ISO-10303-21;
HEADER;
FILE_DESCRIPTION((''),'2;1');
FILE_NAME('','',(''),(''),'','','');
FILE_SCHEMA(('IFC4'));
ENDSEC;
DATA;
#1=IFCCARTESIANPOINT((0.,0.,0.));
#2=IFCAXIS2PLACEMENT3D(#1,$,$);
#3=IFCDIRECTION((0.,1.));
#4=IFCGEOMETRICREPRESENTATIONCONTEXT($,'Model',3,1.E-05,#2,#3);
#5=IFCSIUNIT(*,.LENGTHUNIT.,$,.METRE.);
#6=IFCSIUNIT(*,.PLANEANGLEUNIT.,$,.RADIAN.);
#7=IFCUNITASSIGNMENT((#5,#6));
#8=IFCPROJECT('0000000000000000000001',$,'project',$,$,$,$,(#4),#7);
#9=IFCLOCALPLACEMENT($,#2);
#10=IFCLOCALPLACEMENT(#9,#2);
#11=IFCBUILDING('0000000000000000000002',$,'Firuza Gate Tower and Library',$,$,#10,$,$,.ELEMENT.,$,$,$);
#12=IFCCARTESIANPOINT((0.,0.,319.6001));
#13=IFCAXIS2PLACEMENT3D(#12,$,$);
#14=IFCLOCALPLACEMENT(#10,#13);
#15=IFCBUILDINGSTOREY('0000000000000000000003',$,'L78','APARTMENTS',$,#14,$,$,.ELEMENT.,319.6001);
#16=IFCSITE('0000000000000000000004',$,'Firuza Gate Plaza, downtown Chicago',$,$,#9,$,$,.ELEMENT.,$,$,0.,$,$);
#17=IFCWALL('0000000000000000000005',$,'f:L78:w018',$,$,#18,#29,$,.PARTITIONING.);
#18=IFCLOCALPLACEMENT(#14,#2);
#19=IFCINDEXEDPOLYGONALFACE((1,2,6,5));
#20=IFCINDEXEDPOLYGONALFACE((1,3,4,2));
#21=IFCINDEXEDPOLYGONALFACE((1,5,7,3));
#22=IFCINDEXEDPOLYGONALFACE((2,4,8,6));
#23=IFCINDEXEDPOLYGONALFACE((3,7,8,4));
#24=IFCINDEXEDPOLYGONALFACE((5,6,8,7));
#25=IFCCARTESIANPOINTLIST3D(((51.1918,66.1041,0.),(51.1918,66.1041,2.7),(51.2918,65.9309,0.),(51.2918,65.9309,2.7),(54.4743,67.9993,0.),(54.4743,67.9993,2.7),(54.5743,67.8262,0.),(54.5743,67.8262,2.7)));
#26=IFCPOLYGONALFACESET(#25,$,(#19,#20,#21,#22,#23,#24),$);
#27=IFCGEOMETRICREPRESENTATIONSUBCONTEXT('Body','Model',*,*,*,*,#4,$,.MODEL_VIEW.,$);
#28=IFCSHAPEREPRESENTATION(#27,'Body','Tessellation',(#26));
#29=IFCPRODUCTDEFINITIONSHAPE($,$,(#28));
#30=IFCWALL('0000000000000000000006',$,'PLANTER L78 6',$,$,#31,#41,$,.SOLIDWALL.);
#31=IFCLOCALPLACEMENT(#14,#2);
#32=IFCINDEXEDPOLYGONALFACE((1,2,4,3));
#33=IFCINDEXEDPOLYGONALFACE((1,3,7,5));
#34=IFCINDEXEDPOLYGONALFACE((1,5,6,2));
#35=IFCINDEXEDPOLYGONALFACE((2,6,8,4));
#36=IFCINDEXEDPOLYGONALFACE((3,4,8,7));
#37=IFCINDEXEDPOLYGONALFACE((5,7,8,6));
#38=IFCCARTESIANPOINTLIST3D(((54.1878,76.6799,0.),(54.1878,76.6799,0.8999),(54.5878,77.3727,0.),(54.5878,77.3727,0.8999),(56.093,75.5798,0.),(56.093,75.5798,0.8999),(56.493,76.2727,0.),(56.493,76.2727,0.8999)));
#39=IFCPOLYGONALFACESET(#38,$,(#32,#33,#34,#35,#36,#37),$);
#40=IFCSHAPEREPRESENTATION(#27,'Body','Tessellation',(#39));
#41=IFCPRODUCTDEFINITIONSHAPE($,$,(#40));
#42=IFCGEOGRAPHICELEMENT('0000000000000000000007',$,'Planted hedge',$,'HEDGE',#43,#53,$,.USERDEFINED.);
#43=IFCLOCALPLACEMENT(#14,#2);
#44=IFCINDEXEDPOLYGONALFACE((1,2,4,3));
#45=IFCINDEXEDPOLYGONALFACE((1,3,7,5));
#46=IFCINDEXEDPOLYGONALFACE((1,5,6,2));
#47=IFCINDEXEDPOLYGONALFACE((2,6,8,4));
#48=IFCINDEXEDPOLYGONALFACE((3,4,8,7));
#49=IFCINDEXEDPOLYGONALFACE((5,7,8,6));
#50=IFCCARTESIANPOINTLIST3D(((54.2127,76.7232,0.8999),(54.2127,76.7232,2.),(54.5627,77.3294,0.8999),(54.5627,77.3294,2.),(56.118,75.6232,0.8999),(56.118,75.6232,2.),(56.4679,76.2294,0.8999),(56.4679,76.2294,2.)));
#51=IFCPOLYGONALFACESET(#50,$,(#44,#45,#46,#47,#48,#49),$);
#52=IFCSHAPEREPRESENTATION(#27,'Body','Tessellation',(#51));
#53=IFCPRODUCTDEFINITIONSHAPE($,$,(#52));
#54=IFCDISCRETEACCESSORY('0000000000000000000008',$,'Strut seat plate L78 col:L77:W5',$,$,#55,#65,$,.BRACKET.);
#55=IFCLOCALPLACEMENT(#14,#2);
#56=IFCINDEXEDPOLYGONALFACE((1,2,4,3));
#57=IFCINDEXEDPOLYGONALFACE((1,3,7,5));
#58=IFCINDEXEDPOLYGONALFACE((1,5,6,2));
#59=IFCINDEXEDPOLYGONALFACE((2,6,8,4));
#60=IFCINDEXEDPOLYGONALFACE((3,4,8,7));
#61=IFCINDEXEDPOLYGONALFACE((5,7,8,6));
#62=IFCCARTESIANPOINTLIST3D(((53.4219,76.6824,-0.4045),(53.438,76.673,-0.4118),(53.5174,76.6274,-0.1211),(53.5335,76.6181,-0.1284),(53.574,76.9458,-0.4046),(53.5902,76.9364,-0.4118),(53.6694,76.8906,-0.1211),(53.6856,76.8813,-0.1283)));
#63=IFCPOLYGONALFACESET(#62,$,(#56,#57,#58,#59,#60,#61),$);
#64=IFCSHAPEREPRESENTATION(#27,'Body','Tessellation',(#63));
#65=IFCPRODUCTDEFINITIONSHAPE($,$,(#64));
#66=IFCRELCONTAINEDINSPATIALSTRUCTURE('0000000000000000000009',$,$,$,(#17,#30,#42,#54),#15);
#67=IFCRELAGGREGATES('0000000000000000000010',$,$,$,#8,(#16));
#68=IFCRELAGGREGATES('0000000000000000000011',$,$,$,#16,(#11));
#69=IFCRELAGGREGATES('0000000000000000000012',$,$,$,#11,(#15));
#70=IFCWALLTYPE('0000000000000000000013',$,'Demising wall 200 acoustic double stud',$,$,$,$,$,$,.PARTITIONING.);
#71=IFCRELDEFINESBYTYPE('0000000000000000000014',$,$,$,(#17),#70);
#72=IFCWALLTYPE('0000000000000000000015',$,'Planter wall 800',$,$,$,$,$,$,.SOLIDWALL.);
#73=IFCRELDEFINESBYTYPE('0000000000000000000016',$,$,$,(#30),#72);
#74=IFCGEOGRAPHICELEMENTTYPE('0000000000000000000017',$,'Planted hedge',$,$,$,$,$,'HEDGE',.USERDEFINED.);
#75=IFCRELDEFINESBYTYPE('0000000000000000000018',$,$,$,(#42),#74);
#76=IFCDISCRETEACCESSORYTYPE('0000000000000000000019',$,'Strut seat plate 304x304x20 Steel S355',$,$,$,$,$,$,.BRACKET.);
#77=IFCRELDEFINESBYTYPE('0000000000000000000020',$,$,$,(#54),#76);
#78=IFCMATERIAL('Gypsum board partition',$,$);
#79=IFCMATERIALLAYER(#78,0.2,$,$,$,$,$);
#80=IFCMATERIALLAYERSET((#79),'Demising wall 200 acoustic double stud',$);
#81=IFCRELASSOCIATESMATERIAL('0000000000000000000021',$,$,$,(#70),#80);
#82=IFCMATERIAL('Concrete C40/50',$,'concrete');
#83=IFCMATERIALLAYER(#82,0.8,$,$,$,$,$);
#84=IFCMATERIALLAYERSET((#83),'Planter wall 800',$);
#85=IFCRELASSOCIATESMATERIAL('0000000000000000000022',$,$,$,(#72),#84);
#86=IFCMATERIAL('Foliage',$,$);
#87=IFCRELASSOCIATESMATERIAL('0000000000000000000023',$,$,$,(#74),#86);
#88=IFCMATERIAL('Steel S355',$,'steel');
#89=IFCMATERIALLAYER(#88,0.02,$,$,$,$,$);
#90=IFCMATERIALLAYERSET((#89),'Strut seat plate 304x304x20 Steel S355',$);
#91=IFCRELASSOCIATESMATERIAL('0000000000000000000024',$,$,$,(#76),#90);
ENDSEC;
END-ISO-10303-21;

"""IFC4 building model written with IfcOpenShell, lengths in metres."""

from ifc_helpers import new_model, si_unit, direction, frame, frame_2d, origin, origin_2d, place, context, subcontext, project, spatial, polyline, rectangle, outline, extrude, material, layer, layer_set, type_object, element, save


model = new_model("IFC4")

# Units and contexts
model_context = context("Model", 3, precision=1e-05, world=origin(), true_north=direction((0.0, 1.0)))
body_context = subcontext(model_context, "Body", "Model", "MODEL_VIEW")
ifc_project = project(units=[si_unit("LENGTHUNIT", "METRE"), si_unit("PLANEANGLEUNIT", "RADIAN")], contexts=[model_context])

# Site, building, storey
site_placement = place(None, origin())
site = spatial("IfcSite", under=ifc_project, at=site_placement, Name="Firuza Gate Plaza, downtown Chicago", CompositionType="ELEMENT", RefElevation=0.0)
building_placement = place(site_placement, origin())
building = spatial("IfcBuilding", under=site, at=building_placement, Name="Firuza Gate Tower and Library", CompositionType="ELEMENT")
storey_placement = place(building_placement, frame((0.0, 0.0, 319.6001)))
storey = spatial("IfcBuildingStorey", under=building, at=storey_placement, Name="L78", Description="APARTMENTS", CompositionType="ELEMENT", Elevation=319.6001)

# Walls
ifc_material_1 = material(Name="Gypsum board partition")
ifc_layer_1 = layer(ifc_material_1, 0.2)
ifc_layer_set_1 = layer_set([ifc_layer_1], Name="Demising wall 200 acoustic double stud")
wall_type_1 = type_object("IfcWallType", Name="Demising wall 200 acoustic double stud", PredefinedType="PARTITIONING", material=ifc_layer_set_1)
wall_1_placement = place(storey_placement, frame((51.2419, 66.0176, 0.0), z_axis=(0.0, 0.0, 1.0), x_axis=(0.866011, 0.500025, 0.0)))
element("IfcWall", 1, at=wall_1_placement, inside=storey, type_object=wall_type_1, Name="f:L78:w018", PredefinedType="PARTITIONING", context=body_context, shape_type="SweptSolid", body=[
    extrude(rectangle(XDim=3.7903, YDim=0.2, at=frame_2d((1.895, 0.0))), origin(), (0.0, 0.0, 1.0), 2.7),
])
ifc_material_2 = material(Name="Concrete C40/50", Category="concrete")
ifc_layer_2 = layer(ifc_material_2, 0.8)
ifc_layer_set_2 = layer_set([ifc_layer_2], Name="Planter wall 800")
wall_type_2 = type_object("IfcWallType", Name="Planter wall 800", PredefinedType="SOLIDWALL", material=ifc_layer_set_2)
wall_2_placement = place(storey_placement, frame((54.3877, 77.0264, 0.0), z_axis=(0.0, 0.0, 1.0), x_axis=(0.866008, -0.50003, 0.0)))
element("IfcWall", 2, at=wall_2_placement, inside=storey, type_object=wall_type_2, Name="PLANTER L78 6", PredefinedType="SOLIDWALL", context=body_context, shape_type="SweptSolid", body=[
    extrude(rectangle(XDim=2.2, YDim=0.8, at=frame_2d((1.1001, 0.0))), origin(), (0.0, 0.0, 1.0), 0.8999),
])

# Geographic element
ifc_material_3 = material(Name="Foliage")
geographic_element_type = type_object("IfcGeographicElementType", Name="Planted hedge", ElementType="HEDGE", PredefinedType="USERDEFINED", material=ifc_material_3)
geographic_element_placement = place(storey_placement, frame((55.3403, 76.4763, 0.8999), z_axis=(0.0, 0.0, 1.0), x_axis=(0.866025, -0.5, 0.0)))
element("IfcGeographicElement", 3, at=geographic_element_placement, inside=storey, type_object=geographic_element_type, Name="Planted hedge", ObjectType="HEDGE", PredefinedType="USERDEFINED", context=body_context, shape_type="SweptSolid", body=[
    extrude(rectangle(XDim=2.2, YDim=0.7, at=origin_2d()), origin(), (0.0, 0.0, 1.0), 1.1001),
])

# Discrete accessory
ifc_material_4 = material(Name="Steel S355", Category="steel")
ifc_layer_3 = layer(ifc_material_4, 0.02)
ifc_layer_set_3 = layer_set([ifc_layer_3], Name="Strut seat plate 304x304x20 Steel S355")
discrete_accessory_type = type_object("IfcDiscreteAccessoryType", Name="Strut seat plate 304x304x20 Steel S355", PredefinedType="BRACKET", material=ifc_layer_set_3)
discrete_accessory_placement = place(storey_placement, frame((53.6694, 76.8906, -0.1211), z_axis=(-0.807065, 0.466204, 0.362353), x_axis=(-0.50022, -0.865898, -0.000068)))
element("IfcDiscreteAccessory", 4, at=discrete_accessory_placement, inside=storey, type_object=discrete_accessory_type, Name="Strut seat plate L78 col:L77:W5", PredefinedType="BRACKET", context=body_context, shape_type="SweptSolid", body=[
    extrude(outline(polyline([(0.0, 0.0), (0.304, 0.0), (0.3042, -0.3041), (0.0, -0.3041), (0.0, 0.0)])), origin(), (0.0, 0.0, -1.0), 0.02),
])

save(model, "model.ifc")
